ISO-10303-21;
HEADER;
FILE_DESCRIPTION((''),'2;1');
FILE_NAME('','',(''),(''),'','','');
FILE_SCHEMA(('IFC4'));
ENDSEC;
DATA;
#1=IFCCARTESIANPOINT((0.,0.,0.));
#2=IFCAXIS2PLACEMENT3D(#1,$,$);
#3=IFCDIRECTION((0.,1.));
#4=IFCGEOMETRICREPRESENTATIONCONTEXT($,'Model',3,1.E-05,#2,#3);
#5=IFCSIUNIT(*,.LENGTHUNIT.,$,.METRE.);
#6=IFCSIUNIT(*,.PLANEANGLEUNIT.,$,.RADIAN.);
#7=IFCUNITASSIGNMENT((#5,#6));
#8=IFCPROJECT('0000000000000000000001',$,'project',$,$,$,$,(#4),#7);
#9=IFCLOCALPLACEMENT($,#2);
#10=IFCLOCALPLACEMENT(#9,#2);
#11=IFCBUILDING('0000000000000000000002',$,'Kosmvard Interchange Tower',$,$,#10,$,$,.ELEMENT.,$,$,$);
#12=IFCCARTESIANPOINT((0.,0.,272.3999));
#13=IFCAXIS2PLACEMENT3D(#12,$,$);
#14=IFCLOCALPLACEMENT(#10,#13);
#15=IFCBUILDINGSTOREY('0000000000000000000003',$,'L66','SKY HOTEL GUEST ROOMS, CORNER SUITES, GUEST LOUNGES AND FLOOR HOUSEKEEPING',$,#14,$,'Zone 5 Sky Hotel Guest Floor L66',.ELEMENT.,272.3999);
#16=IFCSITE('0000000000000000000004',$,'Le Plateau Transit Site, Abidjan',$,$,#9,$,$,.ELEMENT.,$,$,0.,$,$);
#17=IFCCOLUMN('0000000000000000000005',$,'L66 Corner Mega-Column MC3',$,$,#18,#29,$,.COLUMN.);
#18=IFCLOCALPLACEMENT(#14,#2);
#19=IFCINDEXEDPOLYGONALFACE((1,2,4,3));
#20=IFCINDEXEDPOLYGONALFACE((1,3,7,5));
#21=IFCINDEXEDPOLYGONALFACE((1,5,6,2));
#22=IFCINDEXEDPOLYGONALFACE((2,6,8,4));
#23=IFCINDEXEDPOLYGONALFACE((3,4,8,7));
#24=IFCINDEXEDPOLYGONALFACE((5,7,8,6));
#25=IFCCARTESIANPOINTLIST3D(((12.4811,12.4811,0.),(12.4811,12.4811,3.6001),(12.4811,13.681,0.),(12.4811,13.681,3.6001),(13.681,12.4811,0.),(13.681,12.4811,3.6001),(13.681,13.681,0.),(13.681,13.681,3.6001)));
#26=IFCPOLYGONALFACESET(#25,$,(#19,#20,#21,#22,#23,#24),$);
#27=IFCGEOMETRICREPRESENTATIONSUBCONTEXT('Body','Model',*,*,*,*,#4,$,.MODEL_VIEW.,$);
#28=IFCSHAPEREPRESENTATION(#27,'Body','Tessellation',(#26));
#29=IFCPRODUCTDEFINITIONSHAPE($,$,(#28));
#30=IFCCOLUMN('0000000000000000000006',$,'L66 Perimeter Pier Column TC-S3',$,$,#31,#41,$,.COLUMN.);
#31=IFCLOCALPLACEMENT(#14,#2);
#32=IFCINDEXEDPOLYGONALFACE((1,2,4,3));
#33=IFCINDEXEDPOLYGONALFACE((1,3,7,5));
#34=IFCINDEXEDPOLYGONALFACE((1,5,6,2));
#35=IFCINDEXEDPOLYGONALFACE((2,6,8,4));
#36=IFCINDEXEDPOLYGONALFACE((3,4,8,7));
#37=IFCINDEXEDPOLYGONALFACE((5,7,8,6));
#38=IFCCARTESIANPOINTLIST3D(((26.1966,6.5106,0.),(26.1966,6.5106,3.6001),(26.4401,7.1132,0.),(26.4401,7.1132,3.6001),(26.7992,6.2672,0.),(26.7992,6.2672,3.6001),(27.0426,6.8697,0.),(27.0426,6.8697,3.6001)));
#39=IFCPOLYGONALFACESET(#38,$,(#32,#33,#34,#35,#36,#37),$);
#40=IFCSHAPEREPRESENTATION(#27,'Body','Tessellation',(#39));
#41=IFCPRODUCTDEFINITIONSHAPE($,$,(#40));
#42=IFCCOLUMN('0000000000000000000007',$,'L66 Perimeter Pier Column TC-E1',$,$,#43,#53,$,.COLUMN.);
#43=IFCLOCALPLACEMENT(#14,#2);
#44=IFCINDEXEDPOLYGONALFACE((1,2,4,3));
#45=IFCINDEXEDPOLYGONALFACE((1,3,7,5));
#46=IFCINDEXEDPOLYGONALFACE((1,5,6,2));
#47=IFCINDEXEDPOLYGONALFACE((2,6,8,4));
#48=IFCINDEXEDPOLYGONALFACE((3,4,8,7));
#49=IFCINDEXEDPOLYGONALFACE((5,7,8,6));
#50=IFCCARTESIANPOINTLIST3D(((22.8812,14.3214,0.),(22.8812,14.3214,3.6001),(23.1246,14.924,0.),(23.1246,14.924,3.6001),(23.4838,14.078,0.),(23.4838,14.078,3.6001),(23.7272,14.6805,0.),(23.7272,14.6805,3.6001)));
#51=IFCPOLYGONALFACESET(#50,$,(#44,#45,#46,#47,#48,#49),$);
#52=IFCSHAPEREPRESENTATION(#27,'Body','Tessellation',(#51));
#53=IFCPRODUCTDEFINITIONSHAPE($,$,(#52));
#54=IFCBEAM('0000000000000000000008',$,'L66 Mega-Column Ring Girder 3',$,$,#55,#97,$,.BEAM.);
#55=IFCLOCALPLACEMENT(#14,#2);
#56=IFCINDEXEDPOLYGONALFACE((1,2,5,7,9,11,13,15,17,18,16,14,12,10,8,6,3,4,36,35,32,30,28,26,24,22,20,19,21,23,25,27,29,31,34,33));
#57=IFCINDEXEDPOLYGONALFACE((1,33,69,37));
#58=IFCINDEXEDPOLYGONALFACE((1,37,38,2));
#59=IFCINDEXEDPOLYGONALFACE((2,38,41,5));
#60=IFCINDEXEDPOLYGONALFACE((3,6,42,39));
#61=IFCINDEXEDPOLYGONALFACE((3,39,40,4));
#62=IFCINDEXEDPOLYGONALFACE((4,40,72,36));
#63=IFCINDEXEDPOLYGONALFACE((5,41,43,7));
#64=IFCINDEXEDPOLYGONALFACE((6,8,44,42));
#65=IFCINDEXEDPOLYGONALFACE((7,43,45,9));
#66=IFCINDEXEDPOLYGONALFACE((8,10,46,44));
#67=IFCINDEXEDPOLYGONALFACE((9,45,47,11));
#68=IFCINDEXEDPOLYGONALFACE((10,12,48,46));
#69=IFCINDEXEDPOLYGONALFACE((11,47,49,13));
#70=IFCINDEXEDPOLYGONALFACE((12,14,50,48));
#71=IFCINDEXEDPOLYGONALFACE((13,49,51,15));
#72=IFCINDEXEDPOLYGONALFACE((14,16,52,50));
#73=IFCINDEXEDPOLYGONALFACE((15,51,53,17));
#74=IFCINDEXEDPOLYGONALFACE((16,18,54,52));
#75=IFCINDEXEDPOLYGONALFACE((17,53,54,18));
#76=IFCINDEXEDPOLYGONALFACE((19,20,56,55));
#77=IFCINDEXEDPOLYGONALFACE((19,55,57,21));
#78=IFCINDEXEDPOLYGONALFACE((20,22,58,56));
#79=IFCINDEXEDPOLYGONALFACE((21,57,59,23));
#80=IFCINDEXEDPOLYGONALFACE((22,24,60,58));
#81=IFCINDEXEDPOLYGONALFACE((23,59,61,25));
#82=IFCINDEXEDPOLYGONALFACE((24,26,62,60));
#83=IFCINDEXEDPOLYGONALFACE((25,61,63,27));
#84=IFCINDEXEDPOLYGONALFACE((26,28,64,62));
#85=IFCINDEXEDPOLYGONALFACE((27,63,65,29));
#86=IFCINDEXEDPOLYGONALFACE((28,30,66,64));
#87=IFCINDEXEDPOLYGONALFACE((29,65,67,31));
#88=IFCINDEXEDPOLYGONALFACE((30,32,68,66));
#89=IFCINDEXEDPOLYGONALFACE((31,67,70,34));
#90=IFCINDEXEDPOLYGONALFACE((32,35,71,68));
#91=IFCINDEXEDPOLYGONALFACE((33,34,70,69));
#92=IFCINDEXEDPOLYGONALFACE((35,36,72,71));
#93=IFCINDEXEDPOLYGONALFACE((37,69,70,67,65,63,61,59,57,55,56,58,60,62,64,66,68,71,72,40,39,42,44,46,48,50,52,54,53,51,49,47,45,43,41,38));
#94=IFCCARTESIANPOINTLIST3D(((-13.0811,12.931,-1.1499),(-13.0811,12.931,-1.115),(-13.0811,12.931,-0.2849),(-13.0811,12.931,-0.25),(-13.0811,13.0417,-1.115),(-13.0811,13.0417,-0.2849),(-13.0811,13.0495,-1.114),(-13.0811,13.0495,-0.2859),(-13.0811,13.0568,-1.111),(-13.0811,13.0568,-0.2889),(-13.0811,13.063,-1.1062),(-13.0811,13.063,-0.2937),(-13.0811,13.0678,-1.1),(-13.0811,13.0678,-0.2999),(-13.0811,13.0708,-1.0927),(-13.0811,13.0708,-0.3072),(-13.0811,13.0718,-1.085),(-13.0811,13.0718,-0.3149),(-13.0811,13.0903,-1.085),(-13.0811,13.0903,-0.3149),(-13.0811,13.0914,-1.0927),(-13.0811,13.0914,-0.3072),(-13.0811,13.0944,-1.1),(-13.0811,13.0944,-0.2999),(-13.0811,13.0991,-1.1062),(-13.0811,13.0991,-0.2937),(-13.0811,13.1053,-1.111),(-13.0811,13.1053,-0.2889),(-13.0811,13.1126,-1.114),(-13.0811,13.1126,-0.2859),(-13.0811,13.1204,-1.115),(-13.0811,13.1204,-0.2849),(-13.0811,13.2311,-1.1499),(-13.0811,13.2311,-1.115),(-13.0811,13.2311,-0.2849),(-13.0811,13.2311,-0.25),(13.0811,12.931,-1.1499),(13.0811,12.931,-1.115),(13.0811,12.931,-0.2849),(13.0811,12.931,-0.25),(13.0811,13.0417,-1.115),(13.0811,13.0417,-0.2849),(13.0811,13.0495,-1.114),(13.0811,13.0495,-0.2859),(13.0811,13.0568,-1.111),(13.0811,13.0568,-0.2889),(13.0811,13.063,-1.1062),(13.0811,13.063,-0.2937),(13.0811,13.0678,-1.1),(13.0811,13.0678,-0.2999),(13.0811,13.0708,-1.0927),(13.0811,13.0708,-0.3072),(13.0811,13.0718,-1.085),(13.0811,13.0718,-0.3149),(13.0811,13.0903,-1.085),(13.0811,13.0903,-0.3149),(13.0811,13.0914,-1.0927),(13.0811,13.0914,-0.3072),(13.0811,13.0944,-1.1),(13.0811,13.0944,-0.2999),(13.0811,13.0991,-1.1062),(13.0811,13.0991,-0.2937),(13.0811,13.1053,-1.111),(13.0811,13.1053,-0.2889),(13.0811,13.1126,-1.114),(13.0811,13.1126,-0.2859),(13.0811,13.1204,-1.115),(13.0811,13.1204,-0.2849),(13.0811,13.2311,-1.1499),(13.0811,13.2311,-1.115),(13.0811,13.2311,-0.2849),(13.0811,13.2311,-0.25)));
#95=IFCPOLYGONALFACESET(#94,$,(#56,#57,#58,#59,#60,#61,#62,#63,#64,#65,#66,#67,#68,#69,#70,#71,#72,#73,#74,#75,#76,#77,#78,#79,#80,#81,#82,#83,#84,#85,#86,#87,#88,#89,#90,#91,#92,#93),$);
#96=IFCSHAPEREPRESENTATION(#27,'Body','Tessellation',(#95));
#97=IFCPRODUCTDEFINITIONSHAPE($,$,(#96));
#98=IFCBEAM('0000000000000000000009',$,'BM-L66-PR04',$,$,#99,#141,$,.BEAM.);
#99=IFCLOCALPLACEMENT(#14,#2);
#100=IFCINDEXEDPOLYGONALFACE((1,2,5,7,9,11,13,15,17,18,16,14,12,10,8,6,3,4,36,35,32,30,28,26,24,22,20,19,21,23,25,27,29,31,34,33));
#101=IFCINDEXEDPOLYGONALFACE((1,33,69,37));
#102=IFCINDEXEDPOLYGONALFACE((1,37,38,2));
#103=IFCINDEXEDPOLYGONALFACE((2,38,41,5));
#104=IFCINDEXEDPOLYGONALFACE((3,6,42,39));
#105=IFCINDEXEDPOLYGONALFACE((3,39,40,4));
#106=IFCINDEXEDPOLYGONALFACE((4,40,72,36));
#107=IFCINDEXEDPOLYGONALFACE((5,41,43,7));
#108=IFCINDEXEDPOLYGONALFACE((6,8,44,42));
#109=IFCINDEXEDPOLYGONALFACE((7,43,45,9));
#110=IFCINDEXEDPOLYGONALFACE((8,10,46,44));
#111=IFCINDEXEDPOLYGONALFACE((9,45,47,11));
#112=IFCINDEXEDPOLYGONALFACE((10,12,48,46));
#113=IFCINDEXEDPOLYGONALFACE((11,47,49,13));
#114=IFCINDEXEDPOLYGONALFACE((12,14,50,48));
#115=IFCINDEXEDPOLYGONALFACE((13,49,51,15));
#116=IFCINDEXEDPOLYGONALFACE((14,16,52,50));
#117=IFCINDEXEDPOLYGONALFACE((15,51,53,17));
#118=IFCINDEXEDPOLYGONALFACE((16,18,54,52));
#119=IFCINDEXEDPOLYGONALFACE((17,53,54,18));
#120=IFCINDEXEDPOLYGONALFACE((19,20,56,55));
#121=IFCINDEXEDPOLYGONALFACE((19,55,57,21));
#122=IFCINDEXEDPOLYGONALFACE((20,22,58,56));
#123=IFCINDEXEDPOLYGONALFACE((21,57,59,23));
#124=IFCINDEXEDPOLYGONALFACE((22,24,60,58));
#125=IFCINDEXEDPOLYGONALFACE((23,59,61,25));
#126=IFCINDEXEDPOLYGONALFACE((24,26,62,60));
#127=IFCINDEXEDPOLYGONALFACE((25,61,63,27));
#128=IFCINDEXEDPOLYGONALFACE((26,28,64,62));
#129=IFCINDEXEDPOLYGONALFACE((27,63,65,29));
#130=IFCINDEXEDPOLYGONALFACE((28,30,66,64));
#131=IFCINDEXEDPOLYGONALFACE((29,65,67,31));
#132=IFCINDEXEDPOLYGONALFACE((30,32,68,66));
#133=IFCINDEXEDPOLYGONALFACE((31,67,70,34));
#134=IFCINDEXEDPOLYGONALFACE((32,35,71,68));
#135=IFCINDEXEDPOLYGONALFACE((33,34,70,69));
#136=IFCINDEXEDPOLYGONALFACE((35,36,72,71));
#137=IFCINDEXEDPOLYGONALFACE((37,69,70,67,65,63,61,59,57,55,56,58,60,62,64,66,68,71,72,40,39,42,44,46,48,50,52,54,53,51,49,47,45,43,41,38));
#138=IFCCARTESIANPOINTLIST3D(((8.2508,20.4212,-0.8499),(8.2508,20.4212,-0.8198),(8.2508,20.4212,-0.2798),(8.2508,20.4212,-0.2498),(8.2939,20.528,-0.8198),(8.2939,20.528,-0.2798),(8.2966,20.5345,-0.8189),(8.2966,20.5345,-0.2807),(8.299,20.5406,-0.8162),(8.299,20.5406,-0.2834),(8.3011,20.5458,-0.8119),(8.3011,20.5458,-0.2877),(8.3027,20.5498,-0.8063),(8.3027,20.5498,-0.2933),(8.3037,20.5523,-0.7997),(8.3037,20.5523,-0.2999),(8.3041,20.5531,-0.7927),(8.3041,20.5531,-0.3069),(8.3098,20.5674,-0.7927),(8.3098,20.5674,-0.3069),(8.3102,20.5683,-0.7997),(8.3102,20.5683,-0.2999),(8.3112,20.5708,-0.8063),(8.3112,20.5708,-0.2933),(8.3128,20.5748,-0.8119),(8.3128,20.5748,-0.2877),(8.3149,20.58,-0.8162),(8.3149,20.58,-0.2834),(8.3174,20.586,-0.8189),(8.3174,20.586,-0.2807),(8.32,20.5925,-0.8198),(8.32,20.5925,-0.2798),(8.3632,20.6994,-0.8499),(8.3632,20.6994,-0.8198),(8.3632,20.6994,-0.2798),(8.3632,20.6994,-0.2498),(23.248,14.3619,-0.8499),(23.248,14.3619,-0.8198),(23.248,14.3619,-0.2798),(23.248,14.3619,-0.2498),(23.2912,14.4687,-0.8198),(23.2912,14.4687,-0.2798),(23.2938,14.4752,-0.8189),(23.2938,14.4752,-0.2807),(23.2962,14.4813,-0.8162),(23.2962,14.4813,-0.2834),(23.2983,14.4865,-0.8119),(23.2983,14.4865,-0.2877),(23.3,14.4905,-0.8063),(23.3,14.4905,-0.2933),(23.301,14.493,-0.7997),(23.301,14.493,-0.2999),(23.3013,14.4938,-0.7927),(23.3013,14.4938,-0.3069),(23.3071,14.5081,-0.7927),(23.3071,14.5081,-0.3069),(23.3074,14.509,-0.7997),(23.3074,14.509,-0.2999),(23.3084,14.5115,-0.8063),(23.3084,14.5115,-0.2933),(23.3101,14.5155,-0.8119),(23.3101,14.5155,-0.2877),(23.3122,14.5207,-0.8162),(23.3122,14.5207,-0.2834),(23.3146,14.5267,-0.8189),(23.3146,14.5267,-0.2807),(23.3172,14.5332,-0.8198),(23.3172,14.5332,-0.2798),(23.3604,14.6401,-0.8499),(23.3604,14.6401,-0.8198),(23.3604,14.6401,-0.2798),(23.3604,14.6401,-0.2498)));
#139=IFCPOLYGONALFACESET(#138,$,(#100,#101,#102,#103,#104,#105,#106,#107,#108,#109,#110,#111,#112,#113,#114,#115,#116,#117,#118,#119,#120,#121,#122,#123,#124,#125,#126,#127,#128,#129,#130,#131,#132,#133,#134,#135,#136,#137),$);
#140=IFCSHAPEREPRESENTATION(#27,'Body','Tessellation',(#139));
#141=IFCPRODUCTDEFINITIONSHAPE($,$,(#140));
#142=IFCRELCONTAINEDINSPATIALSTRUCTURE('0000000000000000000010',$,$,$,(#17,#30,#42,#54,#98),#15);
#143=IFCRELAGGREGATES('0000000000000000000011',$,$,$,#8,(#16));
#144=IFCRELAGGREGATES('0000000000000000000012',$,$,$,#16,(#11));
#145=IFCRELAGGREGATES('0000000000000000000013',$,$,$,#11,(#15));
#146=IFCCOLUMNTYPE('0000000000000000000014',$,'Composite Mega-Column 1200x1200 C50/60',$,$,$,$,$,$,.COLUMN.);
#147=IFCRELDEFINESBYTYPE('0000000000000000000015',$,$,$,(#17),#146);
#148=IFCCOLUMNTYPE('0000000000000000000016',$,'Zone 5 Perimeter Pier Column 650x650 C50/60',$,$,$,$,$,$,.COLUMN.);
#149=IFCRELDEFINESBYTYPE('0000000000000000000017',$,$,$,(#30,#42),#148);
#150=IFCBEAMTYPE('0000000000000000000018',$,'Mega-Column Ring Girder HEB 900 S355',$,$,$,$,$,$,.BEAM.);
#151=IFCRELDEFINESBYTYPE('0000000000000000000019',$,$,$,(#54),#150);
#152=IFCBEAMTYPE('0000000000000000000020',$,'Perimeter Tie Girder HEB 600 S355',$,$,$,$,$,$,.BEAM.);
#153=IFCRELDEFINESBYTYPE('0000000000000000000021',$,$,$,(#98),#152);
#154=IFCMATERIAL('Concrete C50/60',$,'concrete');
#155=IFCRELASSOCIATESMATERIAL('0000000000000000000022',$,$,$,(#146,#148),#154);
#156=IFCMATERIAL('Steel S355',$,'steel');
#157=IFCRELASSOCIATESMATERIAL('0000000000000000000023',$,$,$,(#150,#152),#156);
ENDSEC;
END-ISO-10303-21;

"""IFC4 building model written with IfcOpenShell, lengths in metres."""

from ifc_helpers import new_model, si_unit, direction, frame, origin, origin_2d, place, context, subcontext, project, spatial, rectangle, i_section, extrude, source, transform, mapped, material, material_profile, profile_set, type_object, element, save


model = new_model("IFC4")

# Units and contexts
model_context = context("Model", 3, precision=1e-05, world=origin(), true_north=direction((0.0, 1.0)))
body_context = subcontext(model_context, "Body", "Model", "MODEL_VIEW")
ifc_project = project(units=[si_unit("LENGTHUNIT", "METRE"), si_unit("PLANEANGLEUNIT", "RADIAN")], contexts=[model_context])

# Site, building, storey
site_placement = place(None, origin())
site = spatial("IfcSite", under=ifc_project, at=site_placement, Name="Le Plateau Transit Site, Abidjan", CompositionType="ELEMENT", RefElevation=0.0)
building_placement = place(site_placement, origin())
building = spatial("IfcBuilding", under=site, at=building_placement, Name="Kosmvard Interchange Tower", CompositionType="ELEMENT")
storey_placement = place(building_placement, frame((0.0, 0.0, 272.3999)))
storey = spatial("IfcBuildingStorey", under=building, at=storey_placement, Name="L66", Description="SKY HOTEL GUEST ROOMS, CORNER SUITES, GUEST LOUNGES AND FLOOR HOUSEKEEPING", LongName="Zone 5 Sky Hotel Guest Floor L66", CompositionType="ELEMENT", Elevation=272.3999)

# Columns
ifc_material_1 = material(Name="Concrete C50/60", Category="concrete")
ifc_material_profile_1 = material_profile(ifc_material_1, rectangle(XDim=1.2, YDim=1.2, at=origin_2d()), Name="MC 1200x1200")
ifc_profile_set_1 = profile_set([ifc_material_profile_1], Name="Concrete C50/60")
column_type_1 = type_object("IfcColumnType", Name="Composite Mega-Column 1200x1200 C50/60", PredefinedType="COLUMN", material=ifc_profile_set_1)
shared_shape_1 = source(origin(), body_context, "Body", "SweptSolid", [
    extrude(rectangle(XDim=1.2, YDim=1.2, at=origin_2d()), origin(), (0.0, 0.0, 1.0), 3.6001),
])
column_placement = place(storey_placement, frame((13.0811, 13.0811, 0.0), z_axis=(0.0, 0.0, 1.0), x_axis=(1.0, 0.0, 0.0)))
element("IfcColumn", 1, at=column_placement, inside=storey, type_object=column_type_1, Name="L66 Corner Mega-Column MC3", PredefinedType="COLUMN", context=body_context, shape_type="MappedRepresentation", body=[
    mapped(shared_shape_1, transform((0.0, 0.0, 0.0), scale=1.0)),
])
ifc_material_profile_2 = material_profile(ifc_material_1, rectangle(XDim=0.6499, YDim=0.6499, at=origin_2d()), Name="TC 650x650")
ifc_profile_set_2 = profile_set([ifc_material_profile_2], Name="Concrete C50/60")
column_type_2 = type_object("IfcColumnType", Name="Zone 5 Perimeter Pier Column 650x650 C50/60", PredefinedType="COLUMN", material=ifc_profile_set_2)
shared_shape_2 = source(origin(), body_context, "Body", "SweptSolid", [
    extrude(rectangle(XDim=0.6499, YDim=0.6499, at=origin_2d()), origin(), (0.0, 0.0, 1.0), 3.6001),
])
for number, where, z_axis, x_axis, name in (
    (2, (26.6196, 6.6902, 0.0), (0.0, 0.0, 1.0), (0.374607, 0.927184, 0.0), "L66 Perimeter Pier Column TC-S3"),
    (3, (23.3042, 14.501, 0.0), (0.0, 0.0, 1.0), (0.374607, 0.927184, 0.0), "L66 Perimeter Pier Column TC-E1"),
):
    element("IfcColumn", number, at=place(storey_placement, frame(where, z_axis=z_axis, x_axis=x_axis)), inside=storey, type_object=column_type_2, Name=name, PredefinedType="COLUMN", context=body_context, shape_type="MappedRepresentation", body=[
        mapped(shared_shape_2, transform((0.0, 0.0, 0.0), scale=1.0)),
    ])

# Beams
ifc_material_2 = material(Name="Steel S355", Category="steel")
ifc_material_profile_3 = material_profile(ifc_material_2, i_section(OverallWidth=0.3, OverallDepth=0.8999, WebThickness=0.0186, FlangeThickness=0.0349, FilletRadius=0.03, at=origin_2d()), Name="HEB 900")
ifc_profile_set_3 = profile_set([ifc_material_profile_3], Name="Steel S355")
beam_type_1 = type_object("IfcBeamType", Name="Mega-Column Ring Girder HEB 900 S355", PredefinedType="BEAM", material=ifc_profile_set_3)
shared_shape_3 = source(origin(), body_context, "Body", "SweptSolid", [
    extrude(i_section(OverallWidth=0.3, OverallDepth=0.8999, WebThickness=0.0186, FlangeThickness=0.0349, FilletRadius=0.03, at=origin_2d()), origin(), (0.0, 0.0, 1.0), 26.1621),
])
beam_1_placement = place(storey_placement, frame((13.0811, 13.0811, -0.7), z_axis=(-1.0, 0.0, 0.0), x_axis=(0.0, -1.0, 0.0)))
element("IfcBeam", 4, at=beam_1_placement, inside=storey, type_object=beam_type_1, Name="L66 Mega-Column Ring Girder 3", PredefinedType="BEAM", context=body_context, shape_type="MappedRepresentation", body=[
    mapped(shared_shape_3, transform((0.0, 0.0, 0.0), scale=1.0)),
])
ifc_material_profile_4 = material_profile(ifc_material_2, i_section(OverallWidth=0.3, OverallDepth=0.6001, WebThickness=0.0154, FlangeThickness=0.03, FilletRadius=0.0271, at=origin_2d()), Name="HEB 600")
ifc_profile_set_4 = profile_set([ifc_material_profile_4], Name="Steel S355")
beam_type_2 = type_object("IfcBeamType", Name="Perimeter Tie Girder HEB 600 S355", PredefinedType="BEAM", material=ifc_profile_set_4)
shared_shape_4 = source(origin(), body_context, "Body", "SweptSolid", [
    extrude(i_section(OverallWidth=0.3, OverallDepth=0.6001, WebThickness=0.0154, FlangeThickness=0.03, FilletRadius=0.0271, at=origin_2d()), origin(), (0.0, 0.0, 1.0), 16.175),
])
beam_2_placement = place(storey_placement, frame((23.3042, 14.501, -0.5498), z_axis=(-0.927183, 0.374608, 0.0), x_axis=(-0.374608, -0.927183, 0.0)))
element("IfcBeam", 5, at=beam_2_placement, inside=storey, type_object=beam_type_2, Name="BM-L66-PR04", PredefinedType="BEAM", context=body_context, shape_type="MappedRepresentation", body=[
    mapped(shared_shape_4, transform((0.0, 0.0, 0.0), scale=1.0)),
])

save(model, "model.ifc")
